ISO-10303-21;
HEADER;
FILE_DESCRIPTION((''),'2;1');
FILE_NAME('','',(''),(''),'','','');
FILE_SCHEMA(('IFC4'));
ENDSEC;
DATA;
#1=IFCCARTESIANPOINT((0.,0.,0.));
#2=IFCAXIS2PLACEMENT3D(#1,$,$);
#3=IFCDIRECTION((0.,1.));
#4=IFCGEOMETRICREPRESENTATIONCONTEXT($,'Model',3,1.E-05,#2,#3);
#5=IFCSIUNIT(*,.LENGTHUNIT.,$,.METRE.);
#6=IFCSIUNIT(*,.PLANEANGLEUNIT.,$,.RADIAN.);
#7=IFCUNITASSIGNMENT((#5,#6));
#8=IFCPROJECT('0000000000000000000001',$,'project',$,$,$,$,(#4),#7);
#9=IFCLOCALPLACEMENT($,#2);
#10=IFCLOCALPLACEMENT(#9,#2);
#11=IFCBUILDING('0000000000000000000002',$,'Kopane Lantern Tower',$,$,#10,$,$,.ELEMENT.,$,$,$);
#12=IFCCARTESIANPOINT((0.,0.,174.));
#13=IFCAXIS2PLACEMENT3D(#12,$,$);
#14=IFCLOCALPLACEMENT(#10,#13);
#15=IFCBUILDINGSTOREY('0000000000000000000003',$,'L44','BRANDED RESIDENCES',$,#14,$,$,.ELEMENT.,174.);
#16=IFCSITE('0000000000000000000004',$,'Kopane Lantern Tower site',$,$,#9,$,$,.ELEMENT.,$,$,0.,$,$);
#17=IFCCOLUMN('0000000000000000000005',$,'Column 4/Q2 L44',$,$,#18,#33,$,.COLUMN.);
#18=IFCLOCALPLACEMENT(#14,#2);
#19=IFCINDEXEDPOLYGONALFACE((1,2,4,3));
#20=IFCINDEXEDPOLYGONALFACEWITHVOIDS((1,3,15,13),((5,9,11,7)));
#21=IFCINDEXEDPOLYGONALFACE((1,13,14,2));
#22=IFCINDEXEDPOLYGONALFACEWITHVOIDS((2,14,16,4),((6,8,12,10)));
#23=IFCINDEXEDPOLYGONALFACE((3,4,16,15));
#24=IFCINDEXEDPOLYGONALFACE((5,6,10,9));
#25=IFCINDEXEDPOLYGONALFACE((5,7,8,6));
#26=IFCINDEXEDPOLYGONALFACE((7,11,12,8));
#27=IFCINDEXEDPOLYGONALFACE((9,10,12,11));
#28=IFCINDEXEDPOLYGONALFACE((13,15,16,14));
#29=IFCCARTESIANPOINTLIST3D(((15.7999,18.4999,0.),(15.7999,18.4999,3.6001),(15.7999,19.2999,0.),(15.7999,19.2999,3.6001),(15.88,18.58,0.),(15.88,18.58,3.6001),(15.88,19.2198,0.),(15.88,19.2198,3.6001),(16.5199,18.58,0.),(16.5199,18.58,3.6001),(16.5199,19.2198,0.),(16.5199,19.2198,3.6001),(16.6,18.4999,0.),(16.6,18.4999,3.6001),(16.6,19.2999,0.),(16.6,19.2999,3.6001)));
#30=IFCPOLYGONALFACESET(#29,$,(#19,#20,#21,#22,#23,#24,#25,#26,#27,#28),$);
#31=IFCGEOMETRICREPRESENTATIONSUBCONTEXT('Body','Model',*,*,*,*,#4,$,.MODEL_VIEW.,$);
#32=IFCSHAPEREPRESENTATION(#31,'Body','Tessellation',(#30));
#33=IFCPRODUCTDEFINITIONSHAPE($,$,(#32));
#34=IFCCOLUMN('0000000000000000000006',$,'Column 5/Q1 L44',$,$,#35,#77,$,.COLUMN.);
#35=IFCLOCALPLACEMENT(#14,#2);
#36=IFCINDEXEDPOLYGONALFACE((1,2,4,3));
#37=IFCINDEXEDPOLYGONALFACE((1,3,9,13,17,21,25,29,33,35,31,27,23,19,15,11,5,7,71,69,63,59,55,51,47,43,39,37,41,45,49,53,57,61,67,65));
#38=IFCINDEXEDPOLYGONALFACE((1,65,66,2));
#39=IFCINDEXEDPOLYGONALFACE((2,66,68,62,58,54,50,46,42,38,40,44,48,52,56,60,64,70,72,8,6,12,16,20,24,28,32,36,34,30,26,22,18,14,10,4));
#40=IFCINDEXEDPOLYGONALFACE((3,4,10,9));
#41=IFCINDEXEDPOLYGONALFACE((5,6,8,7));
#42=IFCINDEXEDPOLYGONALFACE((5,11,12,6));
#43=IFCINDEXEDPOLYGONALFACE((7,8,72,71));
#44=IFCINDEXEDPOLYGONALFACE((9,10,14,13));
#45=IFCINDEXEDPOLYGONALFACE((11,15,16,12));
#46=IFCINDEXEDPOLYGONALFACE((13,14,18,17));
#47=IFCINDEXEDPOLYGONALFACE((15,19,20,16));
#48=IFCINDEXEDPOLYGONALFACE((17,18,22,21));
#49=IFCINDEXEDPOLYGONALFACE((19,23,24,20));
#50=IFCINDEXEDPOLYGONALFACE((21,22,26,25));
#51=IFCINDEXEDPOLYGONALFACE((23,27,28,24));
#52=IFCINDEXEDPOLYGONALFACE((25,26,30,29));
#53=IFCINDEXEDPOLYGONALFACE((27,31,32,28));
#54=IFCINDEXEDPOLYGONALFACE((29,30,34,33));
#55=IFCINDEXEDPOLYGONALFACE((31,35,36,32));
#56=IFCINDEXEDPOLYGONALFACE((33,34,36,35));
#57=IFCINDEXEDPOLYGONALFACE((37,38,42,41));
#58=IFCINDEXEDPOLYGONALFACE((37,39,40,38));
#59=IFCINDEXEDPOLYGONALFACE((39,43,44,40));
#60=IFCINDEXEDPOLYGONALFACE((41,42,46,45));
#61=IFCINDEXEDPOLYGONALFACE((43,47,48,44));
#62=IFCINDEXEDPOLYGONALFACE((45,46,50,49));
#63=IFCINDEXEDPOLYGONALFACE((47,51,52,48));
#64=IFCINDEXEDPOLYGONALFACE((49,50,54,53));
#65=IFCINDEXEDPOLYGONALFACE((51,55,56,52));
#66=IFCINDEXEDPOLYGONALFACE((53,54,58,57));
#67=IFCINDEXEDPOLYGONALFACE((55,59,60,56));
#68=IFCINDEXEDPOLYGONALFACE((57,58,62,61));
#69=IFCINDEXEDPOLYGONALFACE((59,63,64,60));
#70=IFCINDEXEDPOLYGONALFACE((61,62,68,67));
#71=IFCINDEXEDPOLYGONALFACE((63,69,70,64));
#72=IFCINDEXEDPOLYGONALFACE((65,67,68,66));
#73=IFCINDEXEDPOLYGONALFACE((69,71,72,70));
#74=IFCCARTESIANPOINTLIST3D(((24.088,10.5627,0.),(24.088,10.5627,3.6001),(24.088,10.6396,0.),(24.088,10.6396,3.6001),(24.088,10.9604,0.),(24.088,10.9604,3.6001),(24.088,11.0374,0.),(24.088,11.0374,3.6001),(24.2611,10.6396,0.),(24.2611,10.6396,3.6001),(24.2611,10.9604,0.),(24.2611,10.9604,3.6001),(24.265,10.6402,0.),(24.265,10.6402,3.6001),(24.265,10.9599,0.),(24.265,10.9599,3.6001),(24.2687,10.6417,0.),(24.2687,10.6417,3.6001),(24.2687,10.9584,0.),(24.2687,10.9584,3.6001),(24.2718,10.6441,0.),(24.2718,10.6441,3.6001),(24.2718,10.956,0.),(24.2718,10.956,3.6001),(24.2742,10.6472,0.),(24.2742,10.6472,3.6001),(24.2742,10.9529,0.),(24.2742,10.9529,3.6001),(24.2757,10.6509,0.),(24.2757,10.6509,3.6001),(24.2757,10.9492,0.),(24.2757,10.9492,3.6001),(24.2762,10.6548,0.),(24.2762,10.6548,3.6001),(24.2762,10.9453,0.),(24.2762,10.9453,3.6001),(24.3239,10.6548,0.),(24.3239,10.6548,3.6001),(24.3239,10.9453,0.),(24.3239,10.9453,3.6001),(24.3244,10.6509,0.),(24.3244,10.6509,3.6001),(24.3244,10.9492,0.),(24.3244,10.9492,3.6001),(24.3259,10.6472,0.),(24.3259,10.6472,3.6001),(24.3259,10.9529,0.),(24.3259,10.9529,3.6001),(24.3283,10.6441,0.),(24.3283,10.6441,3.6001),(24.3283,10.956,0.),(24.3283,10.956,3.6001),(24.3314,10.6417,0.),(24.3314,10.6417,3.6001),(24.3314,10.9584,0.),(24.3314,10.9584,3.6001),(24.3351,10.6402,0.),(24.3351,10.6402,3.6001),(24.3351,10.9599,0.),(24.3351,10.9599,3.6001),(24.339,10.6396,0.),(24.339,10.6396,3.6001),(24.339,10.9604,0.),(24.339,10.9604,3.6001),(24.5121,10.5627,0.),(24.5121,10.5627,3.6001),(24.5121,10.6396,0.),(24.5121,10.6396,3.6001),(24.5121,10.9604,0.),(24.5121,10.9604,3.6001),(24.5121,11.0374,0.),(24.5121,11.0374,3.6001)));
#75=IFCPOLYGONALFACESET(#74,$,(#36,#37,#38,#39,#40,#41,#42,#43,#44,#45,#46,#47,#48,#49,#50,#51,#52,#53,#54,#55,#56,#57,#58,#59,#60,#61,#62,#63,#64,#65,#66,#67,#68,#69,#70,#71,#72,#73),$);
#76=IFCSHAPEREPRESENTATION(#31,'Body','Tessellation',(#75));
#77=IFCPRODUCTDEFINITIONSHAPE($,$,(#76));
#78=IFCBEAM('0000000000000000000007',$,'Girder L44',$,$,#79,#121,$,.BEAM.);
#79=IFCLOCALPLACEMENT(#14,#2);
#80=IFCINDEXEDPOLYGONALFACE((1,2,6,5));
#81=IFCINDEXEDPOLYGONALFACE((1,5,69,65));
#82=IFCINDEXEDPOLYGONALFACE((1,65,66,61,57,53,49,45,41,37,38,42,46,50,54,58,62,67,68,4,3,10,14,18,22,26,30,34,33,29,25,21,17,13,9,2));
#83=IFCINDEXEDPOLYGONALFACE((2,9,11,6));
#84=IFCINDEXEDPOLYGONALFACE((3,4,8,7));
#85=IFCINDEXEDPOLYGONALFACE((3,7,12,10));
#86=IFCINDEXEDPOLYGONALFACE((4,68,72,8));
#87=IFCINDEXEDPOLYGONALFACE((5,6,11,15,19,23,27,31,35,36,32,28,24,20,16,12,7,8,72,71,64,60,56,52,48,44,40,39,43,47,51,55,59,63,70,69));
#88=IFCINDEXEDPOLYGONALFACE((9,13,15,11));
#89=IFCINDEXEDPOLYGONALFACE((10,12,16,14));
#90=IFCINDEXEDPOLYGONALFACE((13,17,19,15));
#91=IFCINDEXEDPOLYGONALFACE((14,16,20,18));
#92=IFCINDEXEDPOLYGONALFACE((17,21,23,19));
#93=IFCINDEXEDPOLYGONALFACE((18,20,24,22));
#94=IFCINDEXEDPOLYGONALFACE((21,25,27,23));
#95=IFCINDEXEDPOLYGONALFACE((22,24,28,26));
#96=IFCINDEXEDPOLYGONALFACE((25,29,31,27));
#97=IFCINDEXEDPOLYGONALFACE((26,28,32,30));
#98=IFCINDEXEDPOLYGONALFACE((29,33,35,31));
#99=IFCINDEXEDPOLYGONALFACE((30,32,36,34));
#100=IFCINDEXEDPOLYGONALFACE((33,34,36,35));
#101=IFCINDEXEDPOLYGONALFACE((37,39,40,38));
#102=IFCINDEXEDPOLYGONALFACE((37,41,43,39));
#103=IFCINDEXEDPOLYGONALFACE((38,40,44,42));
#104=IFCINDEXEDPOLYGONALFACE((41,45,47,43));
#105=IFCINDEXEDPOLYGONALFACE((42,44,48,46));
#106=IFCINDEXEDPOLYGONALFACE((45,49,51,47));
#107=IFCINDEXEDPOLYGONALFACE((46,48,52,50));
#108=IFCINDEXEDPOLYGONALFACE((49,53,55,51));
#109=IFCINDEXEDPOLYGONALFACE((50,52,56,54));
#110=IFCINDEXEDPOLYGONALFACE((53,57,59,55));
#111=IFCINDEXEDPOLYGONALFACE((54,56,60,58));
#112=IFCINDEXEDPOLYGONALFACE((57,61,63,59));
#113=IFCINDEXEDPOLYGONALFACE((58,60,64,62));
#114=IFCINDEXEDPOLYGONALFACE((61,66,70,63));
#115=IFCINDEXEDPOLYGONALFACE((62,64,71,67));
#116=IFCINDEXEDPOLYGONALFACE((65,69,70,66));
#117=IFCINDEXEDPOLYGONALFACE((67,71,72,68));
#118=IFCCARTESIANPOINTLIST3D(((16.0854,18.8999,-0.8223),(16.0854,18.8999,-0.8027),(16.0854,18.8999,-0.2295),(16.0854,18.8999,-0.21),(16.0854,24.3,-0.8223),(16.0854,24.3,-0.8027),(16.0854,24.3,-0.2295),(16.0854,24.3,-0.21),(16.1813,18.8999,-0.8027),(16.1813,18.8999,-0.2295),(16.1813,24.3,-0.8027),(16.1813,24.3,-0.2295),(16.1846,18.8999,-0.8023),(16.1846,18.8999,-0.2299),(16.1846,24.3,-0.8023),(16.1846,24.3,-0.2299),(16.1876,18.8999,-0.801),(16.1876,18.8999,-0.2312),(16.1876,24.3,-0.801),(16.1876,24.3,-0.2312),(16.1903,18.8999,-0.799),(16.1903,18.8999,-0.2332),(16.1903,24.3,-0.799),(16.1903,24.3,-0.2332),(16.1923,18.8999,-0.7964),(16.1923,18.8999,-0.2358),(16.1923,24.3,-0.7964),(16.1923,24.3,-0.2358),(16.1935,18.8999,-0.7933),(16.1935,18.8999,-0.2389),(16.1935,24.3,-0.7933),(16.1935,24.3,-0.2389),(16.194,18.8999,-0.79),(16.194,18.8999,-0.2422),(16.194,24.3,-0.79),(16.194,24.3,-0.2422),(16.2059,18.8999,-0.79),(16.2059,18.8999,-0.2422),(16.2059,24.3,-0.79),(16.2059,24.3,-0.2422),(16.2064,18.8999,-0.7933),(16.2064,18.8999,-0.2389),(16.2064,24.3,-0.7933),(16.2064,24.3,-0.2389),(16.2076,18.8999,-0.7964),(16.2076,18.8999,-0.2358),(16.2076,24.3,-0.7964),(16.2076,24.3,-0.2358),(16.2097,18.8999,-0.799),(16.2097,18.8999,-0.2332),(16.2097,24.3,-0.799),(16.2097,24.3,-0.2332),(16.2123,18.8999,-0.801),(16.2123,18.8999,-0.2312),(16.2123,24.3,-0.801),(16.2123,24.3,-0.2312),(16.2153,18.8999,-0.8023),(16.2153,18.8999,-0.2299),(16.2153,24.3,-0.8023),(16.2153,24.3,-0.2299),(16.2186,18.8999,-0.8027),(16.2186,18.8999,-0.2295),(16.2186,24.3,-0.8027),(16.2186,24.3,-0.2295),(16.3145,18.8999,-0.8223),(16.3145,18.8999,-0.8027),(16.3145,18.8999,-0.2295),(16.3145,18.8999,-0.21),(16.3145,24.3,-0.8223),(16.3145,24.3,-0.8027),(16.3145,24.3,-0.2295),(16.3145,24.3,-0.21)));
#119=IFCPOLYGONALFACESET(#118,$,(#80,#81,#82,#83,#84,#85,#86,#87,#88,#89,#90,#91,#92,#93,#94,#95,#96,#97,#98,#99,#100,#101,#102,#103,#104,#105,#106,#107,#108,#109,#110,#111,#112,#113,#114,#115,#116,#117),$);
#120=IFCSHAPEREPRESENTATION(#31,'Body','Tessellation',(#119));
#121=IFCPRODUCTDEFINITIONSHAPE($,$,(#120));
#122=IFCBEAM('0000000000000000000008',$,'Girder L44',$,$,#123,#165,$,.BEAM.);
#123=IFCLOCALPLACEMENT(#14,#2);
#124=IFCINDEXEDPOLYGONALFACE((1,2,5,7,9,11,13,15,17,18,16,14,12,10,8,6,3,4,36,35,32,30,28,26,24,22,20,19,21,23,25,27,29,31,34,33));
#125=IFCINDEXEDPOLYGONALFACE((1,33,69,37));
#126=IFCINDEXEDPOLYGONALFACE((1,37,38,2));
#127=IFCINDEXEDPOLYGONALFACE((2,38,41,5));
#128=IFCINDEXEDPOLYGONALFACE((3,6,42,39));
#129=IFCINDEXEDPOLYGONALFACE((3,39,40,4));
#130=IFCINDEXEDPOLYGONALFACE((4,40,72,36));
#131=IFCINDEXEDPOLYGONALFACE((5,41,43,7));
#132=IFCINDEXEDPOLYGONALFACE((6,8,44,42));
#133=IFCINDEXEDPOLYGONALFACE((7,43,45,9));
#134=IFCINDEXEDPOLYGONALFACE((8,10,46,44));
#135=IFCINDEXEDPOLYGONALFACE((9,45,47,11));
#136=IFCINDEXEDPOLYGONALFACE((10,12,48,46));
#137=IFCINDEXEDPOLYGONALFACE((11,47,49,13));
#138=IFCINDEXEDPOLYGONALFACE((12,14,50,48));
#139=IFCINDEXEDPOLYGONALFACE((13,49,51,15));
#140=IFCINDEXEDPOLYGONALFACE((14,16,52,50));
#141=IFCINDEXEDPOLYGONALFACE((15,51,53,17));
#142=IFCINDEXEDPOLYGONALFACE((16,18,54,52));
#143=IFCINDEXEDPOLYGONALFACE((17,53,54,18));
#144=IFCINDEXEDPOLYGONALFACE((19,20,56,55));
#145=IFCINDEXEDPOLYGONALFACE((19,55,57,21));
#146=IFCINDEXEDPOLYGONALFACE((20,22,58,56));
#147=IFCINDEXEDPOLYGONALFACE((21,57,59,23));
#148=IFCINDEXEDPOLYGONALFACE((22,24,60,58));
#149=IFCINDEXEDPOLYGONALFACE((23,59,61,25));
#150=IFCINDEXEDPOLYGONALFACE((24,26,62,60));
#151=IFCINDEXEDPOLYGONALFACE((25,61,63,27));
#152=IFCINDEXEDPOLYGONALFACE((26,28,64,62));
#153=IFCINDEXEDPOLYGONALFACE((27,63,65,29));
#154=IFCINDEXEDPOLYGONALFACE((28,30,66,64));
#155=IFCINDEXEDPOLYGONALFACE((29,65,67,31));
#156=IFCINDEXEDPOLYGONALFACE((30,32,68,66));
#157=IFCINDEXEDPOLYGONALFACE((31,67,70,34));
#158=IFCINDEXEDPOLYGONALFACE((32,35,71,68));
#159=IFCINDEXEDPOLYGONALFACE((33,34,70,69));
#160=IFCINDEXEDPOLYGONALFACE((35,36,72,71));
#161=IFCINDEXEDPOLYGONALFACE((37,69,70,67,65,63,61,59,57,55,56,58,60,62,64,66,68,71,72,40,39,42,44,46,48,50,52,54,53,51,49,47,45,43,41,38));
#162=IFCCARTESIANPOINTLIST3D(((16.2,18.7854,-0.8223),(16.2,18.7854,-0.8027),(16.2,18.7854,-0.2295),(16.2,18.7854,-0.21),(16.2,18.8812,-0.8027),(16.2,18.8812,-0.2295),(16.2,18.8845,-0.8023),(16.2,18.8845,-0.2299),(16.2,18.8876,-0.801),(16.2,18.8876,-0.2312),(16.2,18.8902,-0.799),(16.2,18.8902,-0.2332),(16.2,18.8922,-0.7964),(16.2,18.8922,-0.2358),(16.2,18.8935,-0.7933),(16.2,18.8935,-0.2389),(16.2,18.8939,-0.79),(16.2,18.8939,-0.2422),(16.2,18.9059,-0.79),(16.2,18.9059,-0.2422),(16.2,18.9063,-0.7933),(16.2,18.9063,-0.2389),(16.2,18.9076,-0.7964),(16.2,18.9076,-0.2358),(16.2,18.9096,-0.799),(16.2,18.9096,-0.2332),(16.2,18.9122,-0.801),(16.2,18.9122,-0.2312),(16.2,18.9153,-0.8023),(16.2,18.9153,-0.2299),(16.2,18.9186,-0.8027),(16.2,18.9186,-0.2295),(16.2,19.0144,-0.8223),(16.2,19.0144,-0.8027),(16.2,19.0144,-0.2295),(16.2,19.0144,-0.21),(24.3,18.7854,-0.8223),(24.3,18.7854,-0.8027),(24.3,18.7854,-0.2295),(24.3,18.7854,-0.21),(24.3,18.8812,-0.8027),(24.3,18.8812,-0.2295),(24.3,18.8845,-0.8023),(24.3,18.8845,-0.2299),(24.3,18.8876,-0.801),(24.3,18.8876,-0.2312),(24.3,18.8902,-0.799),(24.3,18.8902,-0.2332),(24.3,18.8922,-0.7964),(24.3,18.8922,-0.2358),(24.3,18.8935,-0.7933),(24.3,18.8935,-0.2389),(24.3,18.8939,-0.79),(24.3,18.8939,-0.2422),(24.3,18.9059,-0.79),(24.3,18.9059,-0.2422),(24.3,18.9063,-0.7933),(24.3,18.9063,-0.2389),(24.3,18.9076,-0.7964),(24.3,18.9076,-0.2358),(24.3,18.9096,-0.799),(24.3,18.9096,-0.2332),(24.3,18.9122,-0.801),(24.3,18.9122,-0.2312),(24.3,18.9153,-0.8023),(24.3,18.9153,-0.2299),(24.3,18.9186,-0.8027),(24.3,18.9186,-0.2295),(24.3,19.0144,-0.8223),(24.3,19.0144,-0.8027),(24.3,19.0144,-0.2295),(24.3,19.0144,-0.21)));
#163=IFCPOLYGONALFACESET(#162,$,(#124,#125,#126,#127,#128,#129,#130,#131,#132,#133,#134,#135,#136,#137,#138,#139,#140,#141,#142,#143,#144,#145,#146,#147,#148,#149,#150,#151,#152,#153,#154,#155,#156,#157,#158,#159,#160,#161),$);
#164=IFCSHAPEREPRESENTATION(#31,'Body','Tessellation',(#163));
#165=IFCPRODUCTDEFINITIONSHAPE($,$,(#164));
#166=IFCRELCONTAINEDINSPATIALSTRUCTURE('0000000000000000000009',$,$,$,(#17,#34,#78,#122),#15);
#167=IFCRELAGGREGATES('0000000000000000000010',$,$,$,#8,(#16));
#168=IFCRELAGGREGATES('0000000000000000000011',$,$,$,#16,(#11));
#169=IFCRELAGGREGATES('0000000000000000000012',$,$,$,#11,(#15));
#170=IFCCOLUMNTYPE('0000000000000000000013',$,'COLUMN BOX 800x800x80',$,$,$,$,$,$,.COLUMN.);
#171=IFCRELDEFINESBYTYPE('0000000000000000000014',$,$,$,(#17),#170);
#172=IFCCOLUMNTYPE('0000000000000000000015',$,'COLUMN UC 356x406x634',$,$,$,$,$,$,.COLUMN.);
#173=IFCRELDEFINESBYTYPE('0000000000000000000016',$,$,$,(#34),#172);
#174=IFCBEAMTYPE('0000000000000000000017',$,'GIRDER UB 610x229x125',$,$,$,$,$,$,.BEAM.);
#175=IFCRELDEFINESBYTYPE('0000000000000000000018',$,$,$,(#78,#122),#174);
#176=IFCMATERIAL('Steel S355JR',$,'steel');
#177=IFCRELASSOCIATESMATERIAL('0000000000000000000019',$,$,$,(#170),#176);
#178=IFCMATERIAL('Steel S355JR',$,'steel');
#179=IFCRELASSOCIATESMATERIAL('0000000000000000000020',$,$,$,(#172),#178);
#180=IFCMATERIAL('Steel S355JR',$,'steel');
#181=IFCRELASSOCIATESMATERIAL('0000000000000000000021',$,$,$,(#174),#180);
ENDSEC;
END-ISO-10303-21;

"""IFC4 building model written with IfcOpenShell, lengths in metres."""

from ifc_helpers import new_model, si_unit, direction, frame, origin, origin_2d, place, context, subcontext, project, spatial, hollow_rectangle, i_section, extrude, material, material_profile, profile_set, type_object, element, save


model = new_model("IFC4")

# Units and contexts
model_context = context("Model", 3, precision=1e-05, world=origin(), true_north=direction((0.0, 1.0)))
body_context = subcontext(model_context, "Body", "Model", "MODEL_VIEW")
ifc_project = project(units=[si_unit("LENGTHUNIT", "METRE"), si_unit("PLANEANGLEUNIT", "RADIAN")], contexts=[model_context])

# Site, building, storey
site_placement = place(None, origin())
site = spatial("IfcSite", under=ifc_project, at=site_placement, Name="Kopane Lantern Tower site", CompositionType="ELEMENT", RefElevation=0.0)
building_placement = place(site_placement, origin())
building = spatial("IfcBuilding", under=site, at=building_placement, Name="Kopane Lantern Tower", CompositionType="ELEMENT")
storey_placement = place(building_placement, frame((0.0, 0.0, 174.0)))
storey = spatial("IfcBuildingStorey", under=building, at=storey_placement, Name="L44", Description="BRANDED RESIDENCES", CompositionType="ELEMENT", Elevation=174.0)

# Columns
ifc_material_1 = material(Name="Steel S355JR", Category="steel")
ifc_material_profile_1 = material_profile(ifc_material_1, hollow_rectangle(XDim=0.8, YDim=0.8, WallThickness=0.0801, at=origin_2d()), Name="BOX 800x800x80")
ifc_profile_set_1 = profile_set([ifc_material_profile_1], Name="Steel S355JR")
column_type_1 = type_object("IfcColumnType", Name="COLUMN BOX 800x800x80", PredefinedType="COLUMN", material=ifc_profile_set_1)
column_1_placement = place(storey_placement, frame((16.2, 18.8999, 0.0), z_axis=(0.0, 0.0, 1.0), x_axis=(1.0, 0.0, 0.0)))
element("IfcColumn", 1, at=column_1_placement, inside=storey, type_object=column_type_1, Name="Column 4/Q2 L44", PredefinedType="COLUMN", context=body_context, shape_type="SweptSolid", body=[
    extrude(hollow_rectangle(XDim=0.8, YDim=0.8, WallThickness=0.0801, at=origin_2d()), origin(), (0.0, 0.0, 1.0), 3.6001),
])
ifc_material_2 = material(Name="Steel S355JR", Category="steel")
ifc_material_profile_2 = material_profile(ifc_material_2, i_section(OverallWidth=0.4241, OverallDepth=0.4746, WebThickness=0.0476, FlangeThickness=0.0769, FilletRadius=0.0151, at=origin_2d()), Name="UC 356x406x634")
ifc_profile_set_2 = profile_set([ifc_material_profile_2], Name="Steel S355JR")
column_type_2 = type_object("IfcColumnType", Name="COLUMN UC 356x406x634", PredefinedType="COLUMN", material=ifc_profile_set_2)
column_2_placement = place(storey_placement, frame((24.3, 10.8, 0.0), z_axis=(0.0, 0.0, 1.0), x_axis=(1.0, 0.0, 0.0)))
element("IfcColumn", 2, at=column_2_placement, inside=storey, type_object=column_type_2, Name="Column 5/Q1 L44", PredefinedType="COLUMN", context=body_context, shape_type="SweptSolid", body=[
    extrude(i_section(OverallWidth=0.4241, OverallDepth=0.4746, WebThickness=0.0476, FlangeThickness=0.0769, FilletRadius=0.0151, at=origin_2d()), origin(), (0.0, 0.0, 1.0), 3.6001),
])

# Beams
ifc_material_3 = material(Name="Steel S355JR", Category="steel")
ifc_material_profile_3 = material_profile(ifc_material_3, i_section(OverallWidth=0.229, OverallDepth=0.6123, WebThickness=0.012, FlangeThickness=0.0195, FilletRadius=0.0127, at=origin_2d()), Name="UB 610x229x125")
ifc_profile_set_3 = profile_set([ifc_material_profile_3], Name="Steel S355JR")
beam_type = type_object("IfcBeamType", Name="GIRDER UB 610x229x125", PredefinedType="BEAM", material=ifc_profile_set_3)
beam_1_placement = place(storey_placement, frame((16.2, 18.8999, -0.5161), z_axis=(0.0, 1.0, 0.0), x_axis=(-1.0, 0.0, 0.0)))
element("IfcBeam", 3, at=beam_1_placement, inside=storey, type_object=beam_type, Name="Girder L44", PredefinedType="BEAM", context=body_context, shape_type="SweptSolid", body=[
    extrude(i_section(OverallWidth=0.229, OverallDepth=0.6123, WebThickness=0.012, FlangeThickness=0.0195, FilletRadius=0.0127, at=origin_2d()), origin(), (0.0, 0.0, 1.0), 5.4001),
])
beam_2_placement = place(storey_placement, frame((16.2, 18.8999, -0.5161), z_axis=(1.0, 0.0, 0.0), x_axis=(0.0, 1.0, 0.0)))
element("IfcBeam", 4, at=beam_2_placement, inside=storey, type_object=beam_type, Name="Girder L44", PredefinedType="BEAM", context=body_context, shape_type="SweptSolid", body=[
    extrude(i_section(OverallWidth=0.229, OverallDepth=0.6123, WebThickness=0.012, FlangeThickness=0.0195, FilletRadius=0.0127, at=origin_2d()), origin(), (0.0, 0.0, 1.0), 8.1001),
])

save(model, "model.ifc")
